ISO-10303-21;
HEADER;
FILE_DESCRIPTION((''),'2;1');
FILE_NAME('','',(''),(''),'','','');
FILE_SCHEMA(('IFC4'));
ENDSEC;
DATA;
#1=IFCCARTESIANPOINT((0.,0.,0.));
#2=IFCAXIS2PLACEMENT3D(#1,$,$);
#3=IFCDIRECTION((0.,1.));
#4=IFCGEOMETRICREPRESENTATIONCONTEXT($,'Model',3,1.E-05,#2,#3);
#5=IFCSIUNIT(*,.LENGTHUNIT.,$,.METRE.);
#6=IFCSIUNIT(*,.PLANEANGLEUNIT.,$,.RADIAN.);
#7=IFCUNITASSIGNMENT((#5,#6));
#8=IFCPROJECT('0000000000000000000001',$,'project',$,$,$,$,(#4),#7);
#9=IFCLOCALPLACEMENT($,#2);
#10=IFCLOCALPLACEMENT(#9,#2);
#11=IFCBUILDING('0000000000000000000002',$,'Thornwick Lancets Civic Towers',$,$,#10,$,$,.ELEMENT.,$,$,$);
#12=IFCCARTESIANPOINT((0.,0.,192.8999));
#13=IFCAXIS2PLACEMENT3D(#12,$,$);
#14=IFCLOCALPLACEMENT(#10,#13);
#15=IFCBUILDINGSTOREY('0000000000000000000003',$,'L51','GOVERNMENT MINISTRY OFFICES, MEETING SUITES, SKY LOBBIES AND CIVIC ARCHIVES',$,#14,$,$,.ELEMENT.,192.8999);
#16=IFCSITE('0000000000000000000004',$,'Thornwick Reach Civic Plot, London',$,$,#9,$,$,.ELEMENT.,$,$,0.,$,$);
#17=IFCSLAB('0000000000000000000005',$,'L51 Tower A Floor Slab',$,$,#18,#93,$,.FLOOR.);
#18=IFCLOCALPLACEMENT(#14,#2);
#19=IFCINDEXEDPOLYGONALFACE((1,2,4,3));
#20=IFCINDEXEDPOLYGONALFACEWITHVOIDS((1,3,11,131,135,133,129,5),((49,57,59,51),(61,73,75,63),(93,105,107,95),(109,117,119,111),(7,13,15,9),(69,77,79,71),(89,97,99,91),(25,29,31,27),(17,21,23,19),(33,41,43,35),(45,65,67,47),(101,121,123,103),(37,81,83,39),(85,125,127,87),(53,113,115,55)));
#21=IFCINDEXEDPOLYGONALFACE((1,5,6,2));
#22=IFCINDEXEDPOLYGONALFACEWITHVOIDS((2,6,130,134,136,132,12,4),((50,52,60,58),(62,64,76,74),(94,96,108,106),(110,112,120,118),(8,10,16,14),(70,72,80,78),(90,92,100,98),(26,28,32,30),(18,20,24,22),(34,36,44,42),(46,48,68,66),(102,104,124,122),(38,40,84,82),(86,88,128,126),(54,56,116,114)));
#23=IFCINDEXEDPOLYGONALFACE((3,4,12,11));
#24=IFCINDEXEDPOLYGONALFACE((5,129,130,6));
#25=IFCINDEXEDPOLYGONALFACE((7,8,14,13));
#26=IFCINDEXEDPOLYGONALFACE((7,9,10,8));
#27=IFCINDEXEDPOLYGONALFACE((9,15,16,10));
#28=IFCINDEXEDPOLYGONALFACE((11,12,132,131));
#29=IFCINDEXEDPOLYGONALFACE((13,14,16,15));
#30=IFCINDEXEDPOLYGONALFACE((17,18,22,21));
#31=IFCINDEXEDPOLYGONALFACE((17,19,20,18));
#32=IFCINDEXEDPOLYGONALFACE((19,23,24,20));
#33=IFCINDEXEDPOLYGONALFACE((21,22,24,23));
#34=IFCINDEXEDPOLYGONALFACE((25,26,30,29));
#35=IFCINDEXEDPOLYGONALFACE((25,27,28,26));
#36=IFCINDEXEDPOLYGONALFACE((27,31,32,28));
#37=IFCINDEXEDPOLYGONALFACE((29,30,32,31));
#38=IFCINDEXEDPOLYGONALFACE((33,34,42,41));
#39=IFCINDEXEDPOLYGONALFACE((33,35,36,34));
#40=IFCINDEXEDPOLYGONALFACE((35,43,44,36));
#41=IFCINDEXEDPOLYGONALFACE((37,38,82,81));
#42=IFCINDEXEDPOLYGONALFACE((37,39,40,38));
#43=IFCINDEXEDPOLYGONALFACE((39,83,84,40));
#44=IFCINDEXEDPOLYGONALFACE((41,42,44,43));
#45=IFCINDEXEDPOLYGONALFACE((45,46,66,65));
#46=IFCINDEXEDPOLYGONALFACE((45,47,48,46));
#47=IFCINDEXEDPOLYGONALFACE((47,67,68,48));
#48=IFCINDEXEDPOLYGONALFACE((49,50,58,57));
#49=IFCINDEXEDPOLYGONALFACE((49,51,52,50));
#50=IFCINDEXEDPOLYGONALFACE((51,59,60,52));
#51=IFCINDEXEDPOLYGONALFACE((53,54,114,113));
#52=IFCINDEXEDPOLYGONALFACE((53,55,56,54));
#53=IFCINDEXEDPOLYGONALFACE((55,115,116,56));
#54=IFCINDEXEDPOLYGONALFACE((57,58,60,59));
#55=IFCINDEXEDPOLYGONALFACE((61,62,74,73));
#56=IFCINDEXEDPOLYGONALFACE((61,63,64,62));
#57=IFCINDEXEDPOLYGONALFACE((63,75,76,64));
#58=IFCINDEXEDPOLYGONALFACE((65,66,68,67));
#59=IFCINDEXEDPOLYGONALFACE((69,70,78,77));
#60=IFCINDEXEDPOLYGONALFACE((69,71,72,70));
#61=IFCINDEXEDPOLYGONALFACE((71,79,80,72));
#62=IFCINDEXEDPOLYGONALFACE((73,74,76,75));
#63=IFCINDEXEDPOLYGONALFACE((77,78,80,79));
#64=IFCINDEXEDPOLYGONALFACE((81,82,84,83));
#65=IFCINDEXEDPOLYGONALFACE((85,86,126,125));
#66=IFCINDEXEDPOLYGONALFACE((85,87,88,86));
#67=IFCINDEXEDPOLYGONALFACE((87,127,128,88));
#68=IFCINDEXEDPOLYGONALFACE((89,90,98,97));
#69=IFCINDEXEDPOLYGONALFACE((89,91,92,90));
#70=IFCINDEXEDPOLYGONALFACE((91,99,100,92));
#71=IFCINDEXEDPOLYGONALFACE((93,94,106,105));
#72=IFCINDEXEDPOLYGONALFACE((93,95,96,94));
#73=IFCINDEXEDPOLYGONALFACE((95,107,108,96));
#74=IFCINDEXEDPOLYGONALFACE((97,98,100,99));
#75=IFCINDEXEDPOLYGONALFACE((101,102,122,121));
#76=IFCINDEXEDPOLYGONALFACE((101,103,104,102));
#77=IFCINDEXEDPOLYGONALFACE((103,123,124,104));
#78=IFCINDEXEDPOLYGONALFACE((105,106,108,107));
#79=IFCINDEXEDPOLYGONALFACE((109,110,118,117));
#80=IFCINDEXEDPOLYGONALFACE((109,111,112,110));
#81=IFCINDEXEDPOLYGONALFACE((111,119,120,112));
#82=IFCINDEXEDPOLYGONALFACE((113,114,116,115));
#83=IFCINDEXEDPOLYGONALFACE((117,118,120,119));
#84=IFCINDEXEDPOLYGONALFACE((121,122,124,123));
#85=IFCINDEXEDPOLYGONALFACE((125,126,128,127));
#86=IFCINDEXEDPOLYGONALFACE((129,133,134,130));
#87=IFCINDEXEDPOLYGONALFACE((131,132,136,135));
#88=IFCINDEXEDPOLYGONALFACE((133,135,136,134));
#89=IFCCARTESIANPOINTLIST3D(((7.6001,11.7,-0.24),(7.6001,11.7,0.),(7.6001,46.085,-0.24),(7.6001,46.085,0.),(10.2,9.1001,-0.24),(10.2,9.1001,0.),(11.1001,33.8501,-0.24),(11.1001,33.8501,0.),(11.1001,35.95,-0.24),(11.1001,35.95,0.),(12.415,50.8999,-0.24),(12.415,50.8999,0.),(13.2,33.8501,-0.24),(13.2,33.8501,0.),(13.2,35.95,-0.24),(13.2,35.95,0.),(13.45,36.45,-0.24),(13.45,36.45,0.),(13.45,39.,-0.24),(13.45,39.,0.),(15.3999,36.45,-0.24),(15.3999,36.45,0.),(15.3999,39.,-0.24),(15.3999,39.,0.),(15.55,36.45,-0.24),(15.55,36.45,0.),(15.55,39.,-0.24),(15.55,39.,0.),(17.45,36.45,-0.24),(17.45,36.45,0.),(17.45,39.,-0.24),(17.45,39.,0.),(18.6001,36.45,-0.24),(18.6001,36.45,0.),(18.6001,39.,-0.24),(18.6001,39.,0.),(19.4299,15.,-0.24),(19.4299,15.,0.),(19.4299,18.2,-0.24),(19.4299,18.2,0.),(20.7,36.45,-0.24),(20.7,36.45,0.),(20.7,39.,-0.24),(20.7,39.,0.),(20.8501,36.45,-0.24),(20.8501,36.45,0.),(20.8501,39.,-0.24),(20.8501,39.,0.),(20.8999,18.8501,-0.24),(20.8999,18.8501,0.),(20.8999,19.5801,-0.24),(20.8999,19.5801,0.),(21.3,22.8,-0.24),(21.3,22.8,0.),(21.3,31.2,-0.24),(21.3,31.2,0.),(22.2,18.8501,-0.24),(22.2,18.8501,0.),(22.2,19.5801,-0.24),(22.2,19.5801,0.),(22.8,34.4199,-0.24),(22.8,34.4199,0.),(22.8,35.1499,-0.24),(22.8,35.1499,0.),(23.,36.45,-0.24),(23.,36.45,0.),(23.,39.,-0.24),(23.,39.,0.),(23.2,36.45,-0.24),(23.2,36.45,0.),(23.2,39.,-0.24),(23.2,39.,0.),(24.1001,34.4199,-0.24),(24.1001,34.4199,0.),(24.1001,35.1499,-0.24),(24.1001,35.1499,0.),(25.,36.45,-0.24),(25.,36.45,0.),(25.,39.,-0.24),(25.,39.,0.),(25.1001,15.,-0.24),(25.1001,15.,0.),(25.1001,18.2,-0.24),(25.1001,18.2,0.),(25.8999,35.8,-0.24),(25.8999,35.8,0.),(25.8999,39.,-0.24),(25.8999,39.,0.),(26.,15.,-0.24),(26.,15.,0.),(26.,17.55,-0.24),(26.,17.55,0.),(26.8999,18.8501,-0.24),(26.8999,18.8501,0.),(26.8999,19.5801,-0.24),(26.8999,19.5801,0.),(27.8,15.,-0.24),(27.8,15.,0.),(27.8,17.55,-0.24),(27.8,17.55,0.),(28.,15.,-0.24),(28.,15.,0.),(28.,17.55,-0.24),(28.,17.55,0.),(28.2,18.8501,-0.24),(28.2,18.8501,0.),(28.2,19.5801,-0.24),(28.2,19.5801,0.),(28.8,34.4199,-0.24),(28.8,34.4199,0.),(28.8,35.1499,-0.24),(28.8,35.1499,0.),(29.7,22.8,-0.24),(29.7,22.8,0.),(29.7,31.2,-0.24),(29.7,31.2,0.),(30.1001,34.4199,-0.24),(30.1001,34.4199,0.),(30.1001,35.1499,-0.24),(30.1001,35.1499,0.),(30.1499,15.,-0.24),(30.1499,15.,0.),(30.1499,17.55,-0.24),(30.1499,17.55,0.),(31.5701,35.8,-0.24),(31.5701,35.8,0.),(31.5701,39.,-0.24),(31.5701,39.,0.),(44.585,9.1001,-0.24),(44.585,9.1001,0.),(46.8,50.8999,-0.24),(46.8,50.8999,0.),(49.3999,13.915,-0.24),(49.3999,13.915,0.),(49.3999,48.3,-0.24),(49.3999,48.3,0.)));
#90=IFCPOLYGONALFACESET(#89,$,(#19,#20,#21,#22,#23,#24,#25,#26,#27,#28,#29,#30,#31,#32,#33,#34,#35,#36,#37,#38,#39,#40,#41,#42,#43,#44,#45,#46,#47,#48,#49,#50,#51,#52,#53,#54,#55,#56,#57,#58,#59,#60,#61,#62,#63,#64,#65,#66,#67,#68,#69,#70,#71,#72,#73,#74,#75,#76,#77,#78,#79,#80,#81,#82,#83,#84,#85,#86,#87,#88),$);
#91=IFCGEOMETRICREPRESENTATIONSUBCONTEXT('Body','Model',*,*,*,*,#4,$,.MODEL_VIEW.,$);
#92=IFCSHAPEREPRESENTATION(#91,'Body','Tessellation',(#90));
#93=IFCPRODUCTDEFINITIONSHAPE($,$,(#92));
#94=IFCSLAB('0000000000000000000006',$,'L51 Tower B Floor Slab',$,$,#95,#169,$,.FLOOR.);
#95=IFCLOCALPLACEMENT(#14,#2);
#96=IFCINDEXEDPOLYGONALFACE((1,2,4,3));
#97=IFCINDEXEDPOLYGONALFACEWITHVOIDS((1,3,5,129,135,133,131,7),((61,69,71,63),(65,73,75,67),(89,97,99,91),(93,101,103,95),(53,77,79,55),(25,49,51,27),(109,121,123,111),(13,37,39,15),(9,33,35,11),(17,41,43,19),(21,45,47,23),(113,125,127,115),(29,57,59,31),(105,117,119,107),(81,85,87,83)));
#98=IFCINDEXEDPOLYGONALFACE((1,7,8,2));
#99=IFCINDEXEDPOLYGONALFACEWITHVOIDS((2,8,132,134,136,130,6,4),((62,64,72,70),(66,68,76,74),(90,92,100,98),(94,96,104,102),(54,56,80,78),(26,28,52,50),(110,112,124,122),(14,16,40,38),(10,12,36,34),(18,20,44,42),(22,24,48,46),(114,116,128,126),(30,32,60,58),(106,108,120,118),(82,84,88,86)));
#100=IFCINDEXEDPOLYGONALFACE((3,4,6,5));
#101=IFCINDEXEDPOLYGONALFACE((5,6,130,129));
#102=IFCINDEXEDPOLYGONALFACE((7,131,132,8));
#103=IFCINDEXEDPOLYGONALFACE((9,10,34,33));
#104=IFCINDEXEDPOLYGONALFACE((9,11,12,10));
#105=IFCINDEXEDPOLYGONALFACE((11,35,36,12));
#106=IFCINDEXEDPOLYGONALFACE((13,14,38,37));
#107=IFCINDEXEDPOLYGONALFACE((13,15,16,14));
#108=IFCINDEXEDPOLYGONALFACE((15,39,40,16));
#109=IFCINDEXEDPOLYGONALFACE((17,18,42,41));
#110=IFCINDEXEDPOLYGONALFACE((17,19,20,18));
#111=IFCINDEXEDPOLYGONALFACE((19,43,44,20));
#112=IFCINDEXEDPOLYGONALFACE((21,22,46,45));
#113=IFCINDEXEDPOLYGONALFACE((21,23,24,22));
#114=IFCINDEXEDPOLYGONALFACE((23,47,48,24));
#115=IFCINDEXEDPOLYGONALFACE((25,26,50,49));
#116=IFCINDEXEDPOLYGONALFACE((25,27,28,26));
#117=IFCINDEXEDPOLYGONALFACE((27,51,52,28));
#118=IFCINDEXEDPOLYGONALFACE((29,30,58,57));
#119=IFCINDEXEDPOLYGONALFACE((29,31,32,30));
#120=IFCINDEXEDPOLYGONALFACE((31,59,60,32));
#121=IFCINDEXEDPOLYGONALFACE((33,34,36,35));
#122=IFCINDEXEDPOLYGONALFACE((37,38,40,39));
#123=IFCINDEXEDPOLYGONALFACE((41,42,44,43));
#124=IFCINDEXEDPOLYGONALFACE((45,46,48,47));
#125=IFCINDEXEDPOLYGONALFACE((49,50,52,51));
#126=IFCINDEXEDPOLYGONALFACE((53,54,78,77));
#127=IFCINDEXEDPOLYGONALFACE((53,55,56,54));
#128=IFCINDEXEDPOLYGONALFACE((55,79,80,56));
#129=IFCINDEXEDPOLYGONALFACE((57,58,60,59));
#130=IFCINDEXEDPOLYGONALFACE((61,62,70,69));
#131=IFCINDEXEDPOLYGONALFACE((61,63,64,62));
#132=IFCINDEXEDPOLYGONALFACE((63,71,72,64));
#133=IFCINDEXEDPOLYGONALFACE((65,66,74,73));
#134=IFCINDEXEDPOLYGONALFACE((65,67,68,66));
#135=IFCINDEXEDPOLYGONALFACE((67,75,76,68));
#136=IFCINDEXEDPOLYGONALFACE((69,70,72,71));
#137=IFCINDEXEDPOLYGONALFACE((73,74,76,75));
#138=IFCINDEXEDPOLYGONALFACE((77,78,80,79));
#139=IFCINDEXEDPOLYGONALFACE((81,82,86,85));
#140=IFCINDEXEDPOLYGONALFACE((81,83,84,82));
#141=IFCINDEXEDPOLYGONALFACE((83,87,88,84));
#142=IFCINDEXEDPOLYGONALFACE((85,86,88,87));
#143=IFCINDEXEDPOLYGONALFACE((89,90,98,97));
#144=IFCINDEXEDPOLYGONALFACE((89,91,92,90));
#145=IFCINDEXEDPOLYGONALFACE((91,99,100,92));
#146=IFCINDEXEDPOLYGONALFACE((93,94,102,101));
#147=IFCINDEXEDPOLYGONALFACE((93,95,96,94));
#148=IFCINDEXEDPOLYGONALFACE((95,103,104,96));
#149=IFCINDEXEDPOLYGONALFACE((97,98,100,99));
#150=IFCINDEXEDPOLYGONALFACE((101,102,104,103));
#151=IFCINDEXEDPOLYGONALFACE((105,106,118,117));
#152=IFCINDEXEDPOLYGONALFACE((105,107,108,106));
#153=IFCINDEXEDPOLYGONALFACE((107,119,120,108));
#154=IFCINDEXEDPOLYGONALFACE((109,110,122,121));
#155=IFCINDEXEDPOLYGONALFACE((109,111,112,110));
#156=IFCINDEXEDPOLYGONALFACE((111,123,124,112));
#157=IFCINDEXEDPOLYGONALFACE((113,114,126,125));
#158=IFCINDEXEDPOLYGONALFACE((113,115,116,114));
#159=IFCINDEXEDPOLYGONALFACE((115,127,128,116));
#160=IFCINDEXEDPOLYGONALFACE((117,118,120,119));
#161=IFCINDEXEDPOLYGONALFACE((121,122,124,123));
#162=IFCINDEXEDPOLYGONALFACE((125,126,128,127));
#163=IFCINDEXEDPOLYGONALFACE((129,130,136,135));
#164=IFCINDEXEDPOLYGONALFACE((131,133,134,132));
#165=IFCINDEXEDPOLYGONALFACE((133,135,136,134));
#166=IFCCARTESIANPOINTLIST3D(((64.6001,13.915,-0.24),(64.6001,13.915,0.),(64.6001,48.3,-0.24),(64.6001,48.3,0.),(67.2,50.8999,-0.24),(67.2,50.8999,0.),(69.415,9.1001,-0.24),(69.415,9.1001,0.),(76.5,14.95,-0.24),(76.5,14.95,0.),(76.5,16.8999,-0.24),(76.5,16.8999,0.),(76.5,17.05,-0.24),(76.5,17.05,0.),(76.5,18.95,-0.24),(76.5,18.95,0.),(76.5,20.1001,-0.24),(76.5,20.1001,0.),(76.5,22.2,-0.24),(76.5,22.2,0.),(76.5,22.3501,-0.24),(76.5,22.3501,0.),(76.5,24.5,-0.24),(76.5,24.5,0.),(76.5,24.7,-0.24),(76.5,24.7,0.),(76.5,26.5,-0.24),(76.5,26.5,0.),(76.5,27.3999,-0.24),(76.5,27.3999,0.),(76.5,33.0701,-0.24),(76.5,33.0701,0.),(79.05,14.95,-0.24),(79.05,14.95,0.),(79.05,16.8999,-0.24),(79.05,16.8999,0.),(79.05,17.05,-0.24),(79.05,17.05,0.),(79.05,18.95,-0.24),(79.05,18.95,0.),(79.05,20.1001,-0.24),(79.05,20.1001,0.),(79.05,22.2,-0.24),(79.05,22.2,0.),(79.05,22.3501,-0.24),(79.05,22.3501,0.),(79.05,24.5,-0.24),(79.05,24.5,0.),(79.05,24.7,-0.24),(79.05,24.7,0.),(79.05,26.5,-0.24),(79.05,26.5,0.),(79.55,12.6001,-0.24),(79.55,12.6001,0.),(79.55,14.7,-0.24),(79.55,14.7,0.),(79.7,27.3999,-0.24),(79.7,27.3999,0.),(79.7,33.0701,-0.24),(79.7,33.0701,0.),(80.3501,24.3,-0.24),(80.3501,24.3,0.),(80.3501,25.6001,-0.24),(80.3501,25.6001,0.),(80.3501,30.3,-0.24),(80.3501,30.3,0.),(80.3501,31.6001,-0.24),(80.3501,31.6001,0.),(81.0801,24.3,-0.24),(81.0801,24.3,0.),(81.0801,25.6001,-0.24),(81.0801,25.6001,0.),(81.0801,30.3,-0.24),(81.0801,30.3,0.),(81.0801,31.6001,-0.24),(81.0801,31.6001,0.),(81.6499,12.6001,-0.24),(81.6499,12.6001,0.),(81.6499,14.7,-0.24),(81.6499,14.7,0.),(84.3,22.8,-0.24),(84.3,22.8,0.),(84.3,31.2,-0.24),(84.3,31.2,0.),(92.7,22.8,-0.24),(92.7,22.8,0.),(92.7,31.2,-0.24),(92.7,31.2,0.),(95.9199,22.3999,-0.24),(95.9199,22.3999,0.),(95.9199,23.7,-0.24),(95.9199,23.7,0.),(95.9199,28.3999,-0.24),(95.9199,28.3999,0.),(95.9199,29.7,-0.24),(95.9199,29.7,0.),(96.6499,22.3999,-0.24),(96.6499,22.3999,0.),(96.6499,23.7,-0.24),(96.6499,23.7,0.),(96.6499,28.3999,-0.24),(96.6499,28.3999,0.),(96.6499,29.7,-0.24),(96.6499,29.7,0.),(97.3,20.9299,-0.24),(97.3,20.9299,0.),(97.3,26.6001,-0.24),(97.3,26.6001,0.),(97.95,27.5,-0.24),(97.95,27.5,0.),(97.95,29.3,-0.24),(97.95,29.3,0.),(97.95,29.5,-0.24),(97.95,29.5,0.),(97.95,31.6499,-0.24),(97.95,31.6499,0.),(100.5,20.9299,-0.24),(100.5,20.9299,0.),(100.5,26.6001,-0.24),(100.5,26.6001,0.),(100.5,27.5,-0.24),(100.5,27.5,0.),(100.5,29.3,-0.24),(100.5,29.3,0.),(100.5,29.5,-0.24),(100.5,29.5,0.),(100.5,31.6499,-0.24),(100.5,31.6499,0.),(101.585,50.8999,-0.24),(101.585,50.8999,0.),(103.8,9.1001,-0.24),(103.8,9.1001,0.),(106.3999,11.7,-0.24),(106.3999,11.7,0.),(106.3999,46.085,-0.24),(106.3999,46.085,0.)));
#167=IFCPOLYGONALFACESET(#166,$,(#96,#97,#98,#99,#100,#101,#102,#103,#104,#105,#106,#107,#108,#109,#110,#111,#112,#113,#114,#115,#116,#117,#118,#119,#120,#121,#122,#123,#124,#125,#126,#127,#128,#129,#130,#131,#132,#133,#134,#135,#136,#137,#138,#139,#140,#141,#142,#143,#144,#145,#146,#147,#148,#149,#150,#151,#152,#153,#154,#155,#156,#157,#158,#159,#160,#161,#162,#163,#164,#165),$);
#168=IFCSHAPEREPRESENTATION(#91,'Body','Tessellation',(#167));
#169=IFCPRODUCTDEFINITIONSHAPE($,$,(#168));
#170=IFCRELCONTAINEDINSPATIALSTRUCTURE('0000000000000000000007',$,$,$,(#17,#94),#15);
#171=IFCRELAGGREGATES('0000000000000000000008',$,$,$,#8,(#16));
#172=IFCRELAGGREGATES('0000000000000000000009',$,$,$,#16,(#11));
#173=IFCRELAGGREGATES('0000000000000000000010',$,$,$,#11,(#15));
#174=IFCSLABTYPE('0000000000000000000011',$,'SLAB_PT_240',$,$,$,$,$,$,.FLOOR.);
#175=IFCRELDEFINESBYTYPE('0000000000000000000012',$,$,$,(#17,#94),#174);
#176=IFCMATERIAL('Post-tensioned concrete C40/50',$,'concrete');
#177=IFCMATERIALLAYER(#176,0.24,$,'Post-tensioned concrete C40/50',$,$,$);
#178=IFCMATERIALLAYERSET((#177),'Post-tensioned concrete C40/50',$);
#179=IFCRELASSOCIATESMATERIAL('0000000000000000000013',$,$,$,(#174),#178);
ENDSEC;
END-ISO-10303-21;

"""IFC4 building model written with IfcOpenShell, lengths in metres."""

from ifc_helpers import new_model, si_unit, direction, frame, origin, place, context, subcontext, project, spatial, polyline, outline, extrude, material, layer, layer_set, type_object, element, save


model = new_model("IFC4")

# Units and contexts
model_context = context("Model", 3, precision=1e-05, world=origin(), true_north=direction((0.0, 1.0)))
body_context = subcontext(model_context, "Body", "Model", "MODEL_VIEW")
ifc_project = project(units=[si_unit("LENGTHUNIT", "METRE"), si_unit("PLANEANGLEUNIT", "RADIAN")], contexts=[model_context])

# Site, building, storey
site_placement = place(None, origin())
site = spatial("IfcSite", under=ifc_project, at=site_placement, Name="Thornwick Reach Civic Plot, London", CompositionType="ELEMENT", RefElevation=0.0)
building_placement = place(site_placement, origin())
building = spatial("IfcBuilding", under=site, at=building_placement, Name="Thornwick Lancets Civic Towers", CompositionType="ELEMENT")
storey_placement = place(building_placement, frame((0.0, 0.0, 192.8999)))
storey = spatial("IfcBuildingStorey", under=building, at=storey_placement, Name="L51", Description="GOVERNMENT MINISTRY OFFICES, MEETING SUITES, SKY LOBBIES AND CIVIC ARCHIVES", CompositionType="ELEMENT", Elevation=192.8999)

# Shared definitions
ifc_material_1 = material(Name="Post-tensioned concrete C40/50", Category="concrete")

# Slabs
ifc_layer_1 = layer(ifc_material_1, 0.24, Name="Post-tensioned concrete C40/50")
ifc_layer_set_1 = layer_set([ifc_layer_1], Name="Post-tensioned concrete C40/50")
slab_type_1 = type_object("IfcSlabType", Name="SLAB_PT_240", PredefinedType="FLOOR", material=ifc_layer_set_1)
slab_1_placement = place(storey_placement, frame((0.0, 0.0, -0.24)))
element("IfcSlab", 1, at=slab_1_placement, inside=storey, type_object=slab_type_1, Name="L51 Tower A Floor Slab", PredefinedType="FLOOR", context=body_context, shape_type="SweptSolid", body=[
    extrude(outline(polyline([(10.2, 9.1001), (44.585, 9.1001), (49.3999, 13.915), (49.3999, 48.3), (46.8, 50.8999), (12.415, 50.8999), (7.6001, 46.085), (7.6001, 11.7), (10.2, 9.1001)]), holes=[polyline([(21.3, 22.8), (29.7, 22.8), (29.7, 31.2), (21.3, 31.2), (21.3, 22.8)]), polyline([(19.4299, 15.0), (25.1001, 15.0), (25.1001, 18.2), (19.4299, 18.2), (19.4299, 15.0)]), polyline([(31.5701, 39.0), (25.8999, 39.0), (25.8999, 35.8), (31.5701, 35.8), (31.5701, 39.0)]), polyline([(26.0, 15.0), (27.8, 15.0), (27.8, 17.55), (26.0, 17.55), (26.0, 15.0)]), polyline([(28.0, 15.0), (30.1499, 15.0), (30.1499, 17.55), (28.0, 17.55), (28.0, 15.0)]), polyline([(23.2, 36.45), (25.0, 36.45), (25.0, 39.0), (23.2, 39.0), (23.2, 36.45)]), polyline([(20.8501, 36.45), (23.0, 36.45), (23.0, 39.0), (20.8501, 39.0), (20.8501, 36.45)]), polyline([(18.6001, 36.45), (20.7, 36.45), (20.7, 39.0), (18.6001, 39.0), (18.6001, 36.45)]), polyline([(15.55, 36.45), (17.45, 36.45), (17.45, 39.0), (15.55, 39.0), (15.55, 36.45)]), polyline([(13.45, 36.45), (15.3999, 36.45), (15.3999, 39.0), (13.45, 39.0), (13.45, 36.45)]), polyline([(11.1001, 33.8501), (13.2, 33.8501), (13.2, 35.95), (11.1001, 35.95), (11.1001, 33.8501)]), polyline([(26.8999, 18.8501), (28.2, 18.8501), (28.2, 19.5801), (26.8999, 19.5801), (26.8999, 18.8501)]), polyline([(20.8999, 18.8501), (22.2, 18.8501), (22.2, 19.5801), (20.8999, 19.5801), (20.8999, 18.8501)]), polyline([(22.8, 34.4199), (24.1001, 34.4199), (24.1001, 35.1499), (22.8, 35.1499), (22.8, 34.4199)]), polyline([(28.8, 34.4199), (30.1001, 34.4199), (30.1001, 35.1499), (28.8, 35.1499), (28.8, 34.4199)])]), origin(), (0.0, 0.0, 1.0), 0.24),
])
slab_2_placement = place(storey_placement, frame((0.0, 0.0, -0.24)))
element("IfcSlab", 2, at=slab_2_placement, inside=storey, type_object=slab_type_1, Name="L51 Tower B Floor Slab", PredefinedType="FLOOR", context=body_context, shape_type="SweptSolid", body=[
    extrude(outline(polyline([(69.415, 9.1001), (103.8, 9.1001), (106.3999, 11.7), (106.3999, 46.085), (101.585, 50.8999), (67.2, 50.8999), (64.6001, 48.3), (64.6001, 13.915), (69.415, 9.1001)]), holes=[polyline([(84.3, 22.8), (92.7, 22.8), (92.7, 31.2), (84.3, 31.2), (84.3, 22.8)]), polyline([(100.5, 20.9299), (100.5, 26.6001), (97.3, 26.6001), (97.3, 20.9299), (100.5, 20.9299)]), polyline([(76.5, 33.0701), (76.5, 27.3999), (79.7, 27.3999), (79.7, 33.0701), (76.5, 33.0701)]), polyline([(97.95, 27.5), (100.5, 27.5), (100.5, 29.3), (97.95, 29.3), (97.95, 27.5)]), polyline([(97.95, 29.5), (100.5, 29.5), (100.5, 31.6499), (97.95, 31.6499), (97.95, 29.5)]), polyline([(76.5, 24.7), (79.05, 24.7), (79.05, 26.5), (76.5, 26.5), (76.5, 24.7)]), polyline([(76.5, 22.3501), (79.05, 22.3501), (79.05, 24.5), (76.5, 24.5), (76.5, 22.3501)]), polyline([(76.5, 20.1001), (79.05, 20.1001), (79.05, 22.2), (76.5, 22.2), (76.5, 20.1001)]), polyline([(76.5, 17.05), (79.05, 17.05), (79.05, 18.95), (76.5, 18.95), (76.5, 17.05)]), polyline([(76.5, 14.95), (79.05, 14.95), (79.05, 16.8999), (76.5, 16.8999), (76.5, 14.95)]), polyline([(79.55, 12.6001), (81.6499, 12.6001), (81.6499, 14.7), (79.55, 14.7), (79.55, 12.6001)]), polyline([(95.9199, 28.3999), (96.6499, 28.3999), (96.6499, 29.7), (95.9199, 29.7), (95.9199, 28.3999)]), polyline([(95.9199, 22.3999), (96.6499, 22.3999), (96.6499, 23.7), (95.9199, 23.7), (95.9199, 22.3999)]), polyline([(80.3501, 24.3), (81.0801, 24.3), (81.0801, 25.6001), (80.3501, 25.6001), (80.3501, 24.3)]), polyline([(80.3501, 30.3), (81.0801, 30.3), (81.0801, 31.6001), (80.3501, 31.6001), (80.3501, 30.3)])]), origin(), (0.0, 0.0, 1.0), 0.24),
])

save(model, "model.ifc")
